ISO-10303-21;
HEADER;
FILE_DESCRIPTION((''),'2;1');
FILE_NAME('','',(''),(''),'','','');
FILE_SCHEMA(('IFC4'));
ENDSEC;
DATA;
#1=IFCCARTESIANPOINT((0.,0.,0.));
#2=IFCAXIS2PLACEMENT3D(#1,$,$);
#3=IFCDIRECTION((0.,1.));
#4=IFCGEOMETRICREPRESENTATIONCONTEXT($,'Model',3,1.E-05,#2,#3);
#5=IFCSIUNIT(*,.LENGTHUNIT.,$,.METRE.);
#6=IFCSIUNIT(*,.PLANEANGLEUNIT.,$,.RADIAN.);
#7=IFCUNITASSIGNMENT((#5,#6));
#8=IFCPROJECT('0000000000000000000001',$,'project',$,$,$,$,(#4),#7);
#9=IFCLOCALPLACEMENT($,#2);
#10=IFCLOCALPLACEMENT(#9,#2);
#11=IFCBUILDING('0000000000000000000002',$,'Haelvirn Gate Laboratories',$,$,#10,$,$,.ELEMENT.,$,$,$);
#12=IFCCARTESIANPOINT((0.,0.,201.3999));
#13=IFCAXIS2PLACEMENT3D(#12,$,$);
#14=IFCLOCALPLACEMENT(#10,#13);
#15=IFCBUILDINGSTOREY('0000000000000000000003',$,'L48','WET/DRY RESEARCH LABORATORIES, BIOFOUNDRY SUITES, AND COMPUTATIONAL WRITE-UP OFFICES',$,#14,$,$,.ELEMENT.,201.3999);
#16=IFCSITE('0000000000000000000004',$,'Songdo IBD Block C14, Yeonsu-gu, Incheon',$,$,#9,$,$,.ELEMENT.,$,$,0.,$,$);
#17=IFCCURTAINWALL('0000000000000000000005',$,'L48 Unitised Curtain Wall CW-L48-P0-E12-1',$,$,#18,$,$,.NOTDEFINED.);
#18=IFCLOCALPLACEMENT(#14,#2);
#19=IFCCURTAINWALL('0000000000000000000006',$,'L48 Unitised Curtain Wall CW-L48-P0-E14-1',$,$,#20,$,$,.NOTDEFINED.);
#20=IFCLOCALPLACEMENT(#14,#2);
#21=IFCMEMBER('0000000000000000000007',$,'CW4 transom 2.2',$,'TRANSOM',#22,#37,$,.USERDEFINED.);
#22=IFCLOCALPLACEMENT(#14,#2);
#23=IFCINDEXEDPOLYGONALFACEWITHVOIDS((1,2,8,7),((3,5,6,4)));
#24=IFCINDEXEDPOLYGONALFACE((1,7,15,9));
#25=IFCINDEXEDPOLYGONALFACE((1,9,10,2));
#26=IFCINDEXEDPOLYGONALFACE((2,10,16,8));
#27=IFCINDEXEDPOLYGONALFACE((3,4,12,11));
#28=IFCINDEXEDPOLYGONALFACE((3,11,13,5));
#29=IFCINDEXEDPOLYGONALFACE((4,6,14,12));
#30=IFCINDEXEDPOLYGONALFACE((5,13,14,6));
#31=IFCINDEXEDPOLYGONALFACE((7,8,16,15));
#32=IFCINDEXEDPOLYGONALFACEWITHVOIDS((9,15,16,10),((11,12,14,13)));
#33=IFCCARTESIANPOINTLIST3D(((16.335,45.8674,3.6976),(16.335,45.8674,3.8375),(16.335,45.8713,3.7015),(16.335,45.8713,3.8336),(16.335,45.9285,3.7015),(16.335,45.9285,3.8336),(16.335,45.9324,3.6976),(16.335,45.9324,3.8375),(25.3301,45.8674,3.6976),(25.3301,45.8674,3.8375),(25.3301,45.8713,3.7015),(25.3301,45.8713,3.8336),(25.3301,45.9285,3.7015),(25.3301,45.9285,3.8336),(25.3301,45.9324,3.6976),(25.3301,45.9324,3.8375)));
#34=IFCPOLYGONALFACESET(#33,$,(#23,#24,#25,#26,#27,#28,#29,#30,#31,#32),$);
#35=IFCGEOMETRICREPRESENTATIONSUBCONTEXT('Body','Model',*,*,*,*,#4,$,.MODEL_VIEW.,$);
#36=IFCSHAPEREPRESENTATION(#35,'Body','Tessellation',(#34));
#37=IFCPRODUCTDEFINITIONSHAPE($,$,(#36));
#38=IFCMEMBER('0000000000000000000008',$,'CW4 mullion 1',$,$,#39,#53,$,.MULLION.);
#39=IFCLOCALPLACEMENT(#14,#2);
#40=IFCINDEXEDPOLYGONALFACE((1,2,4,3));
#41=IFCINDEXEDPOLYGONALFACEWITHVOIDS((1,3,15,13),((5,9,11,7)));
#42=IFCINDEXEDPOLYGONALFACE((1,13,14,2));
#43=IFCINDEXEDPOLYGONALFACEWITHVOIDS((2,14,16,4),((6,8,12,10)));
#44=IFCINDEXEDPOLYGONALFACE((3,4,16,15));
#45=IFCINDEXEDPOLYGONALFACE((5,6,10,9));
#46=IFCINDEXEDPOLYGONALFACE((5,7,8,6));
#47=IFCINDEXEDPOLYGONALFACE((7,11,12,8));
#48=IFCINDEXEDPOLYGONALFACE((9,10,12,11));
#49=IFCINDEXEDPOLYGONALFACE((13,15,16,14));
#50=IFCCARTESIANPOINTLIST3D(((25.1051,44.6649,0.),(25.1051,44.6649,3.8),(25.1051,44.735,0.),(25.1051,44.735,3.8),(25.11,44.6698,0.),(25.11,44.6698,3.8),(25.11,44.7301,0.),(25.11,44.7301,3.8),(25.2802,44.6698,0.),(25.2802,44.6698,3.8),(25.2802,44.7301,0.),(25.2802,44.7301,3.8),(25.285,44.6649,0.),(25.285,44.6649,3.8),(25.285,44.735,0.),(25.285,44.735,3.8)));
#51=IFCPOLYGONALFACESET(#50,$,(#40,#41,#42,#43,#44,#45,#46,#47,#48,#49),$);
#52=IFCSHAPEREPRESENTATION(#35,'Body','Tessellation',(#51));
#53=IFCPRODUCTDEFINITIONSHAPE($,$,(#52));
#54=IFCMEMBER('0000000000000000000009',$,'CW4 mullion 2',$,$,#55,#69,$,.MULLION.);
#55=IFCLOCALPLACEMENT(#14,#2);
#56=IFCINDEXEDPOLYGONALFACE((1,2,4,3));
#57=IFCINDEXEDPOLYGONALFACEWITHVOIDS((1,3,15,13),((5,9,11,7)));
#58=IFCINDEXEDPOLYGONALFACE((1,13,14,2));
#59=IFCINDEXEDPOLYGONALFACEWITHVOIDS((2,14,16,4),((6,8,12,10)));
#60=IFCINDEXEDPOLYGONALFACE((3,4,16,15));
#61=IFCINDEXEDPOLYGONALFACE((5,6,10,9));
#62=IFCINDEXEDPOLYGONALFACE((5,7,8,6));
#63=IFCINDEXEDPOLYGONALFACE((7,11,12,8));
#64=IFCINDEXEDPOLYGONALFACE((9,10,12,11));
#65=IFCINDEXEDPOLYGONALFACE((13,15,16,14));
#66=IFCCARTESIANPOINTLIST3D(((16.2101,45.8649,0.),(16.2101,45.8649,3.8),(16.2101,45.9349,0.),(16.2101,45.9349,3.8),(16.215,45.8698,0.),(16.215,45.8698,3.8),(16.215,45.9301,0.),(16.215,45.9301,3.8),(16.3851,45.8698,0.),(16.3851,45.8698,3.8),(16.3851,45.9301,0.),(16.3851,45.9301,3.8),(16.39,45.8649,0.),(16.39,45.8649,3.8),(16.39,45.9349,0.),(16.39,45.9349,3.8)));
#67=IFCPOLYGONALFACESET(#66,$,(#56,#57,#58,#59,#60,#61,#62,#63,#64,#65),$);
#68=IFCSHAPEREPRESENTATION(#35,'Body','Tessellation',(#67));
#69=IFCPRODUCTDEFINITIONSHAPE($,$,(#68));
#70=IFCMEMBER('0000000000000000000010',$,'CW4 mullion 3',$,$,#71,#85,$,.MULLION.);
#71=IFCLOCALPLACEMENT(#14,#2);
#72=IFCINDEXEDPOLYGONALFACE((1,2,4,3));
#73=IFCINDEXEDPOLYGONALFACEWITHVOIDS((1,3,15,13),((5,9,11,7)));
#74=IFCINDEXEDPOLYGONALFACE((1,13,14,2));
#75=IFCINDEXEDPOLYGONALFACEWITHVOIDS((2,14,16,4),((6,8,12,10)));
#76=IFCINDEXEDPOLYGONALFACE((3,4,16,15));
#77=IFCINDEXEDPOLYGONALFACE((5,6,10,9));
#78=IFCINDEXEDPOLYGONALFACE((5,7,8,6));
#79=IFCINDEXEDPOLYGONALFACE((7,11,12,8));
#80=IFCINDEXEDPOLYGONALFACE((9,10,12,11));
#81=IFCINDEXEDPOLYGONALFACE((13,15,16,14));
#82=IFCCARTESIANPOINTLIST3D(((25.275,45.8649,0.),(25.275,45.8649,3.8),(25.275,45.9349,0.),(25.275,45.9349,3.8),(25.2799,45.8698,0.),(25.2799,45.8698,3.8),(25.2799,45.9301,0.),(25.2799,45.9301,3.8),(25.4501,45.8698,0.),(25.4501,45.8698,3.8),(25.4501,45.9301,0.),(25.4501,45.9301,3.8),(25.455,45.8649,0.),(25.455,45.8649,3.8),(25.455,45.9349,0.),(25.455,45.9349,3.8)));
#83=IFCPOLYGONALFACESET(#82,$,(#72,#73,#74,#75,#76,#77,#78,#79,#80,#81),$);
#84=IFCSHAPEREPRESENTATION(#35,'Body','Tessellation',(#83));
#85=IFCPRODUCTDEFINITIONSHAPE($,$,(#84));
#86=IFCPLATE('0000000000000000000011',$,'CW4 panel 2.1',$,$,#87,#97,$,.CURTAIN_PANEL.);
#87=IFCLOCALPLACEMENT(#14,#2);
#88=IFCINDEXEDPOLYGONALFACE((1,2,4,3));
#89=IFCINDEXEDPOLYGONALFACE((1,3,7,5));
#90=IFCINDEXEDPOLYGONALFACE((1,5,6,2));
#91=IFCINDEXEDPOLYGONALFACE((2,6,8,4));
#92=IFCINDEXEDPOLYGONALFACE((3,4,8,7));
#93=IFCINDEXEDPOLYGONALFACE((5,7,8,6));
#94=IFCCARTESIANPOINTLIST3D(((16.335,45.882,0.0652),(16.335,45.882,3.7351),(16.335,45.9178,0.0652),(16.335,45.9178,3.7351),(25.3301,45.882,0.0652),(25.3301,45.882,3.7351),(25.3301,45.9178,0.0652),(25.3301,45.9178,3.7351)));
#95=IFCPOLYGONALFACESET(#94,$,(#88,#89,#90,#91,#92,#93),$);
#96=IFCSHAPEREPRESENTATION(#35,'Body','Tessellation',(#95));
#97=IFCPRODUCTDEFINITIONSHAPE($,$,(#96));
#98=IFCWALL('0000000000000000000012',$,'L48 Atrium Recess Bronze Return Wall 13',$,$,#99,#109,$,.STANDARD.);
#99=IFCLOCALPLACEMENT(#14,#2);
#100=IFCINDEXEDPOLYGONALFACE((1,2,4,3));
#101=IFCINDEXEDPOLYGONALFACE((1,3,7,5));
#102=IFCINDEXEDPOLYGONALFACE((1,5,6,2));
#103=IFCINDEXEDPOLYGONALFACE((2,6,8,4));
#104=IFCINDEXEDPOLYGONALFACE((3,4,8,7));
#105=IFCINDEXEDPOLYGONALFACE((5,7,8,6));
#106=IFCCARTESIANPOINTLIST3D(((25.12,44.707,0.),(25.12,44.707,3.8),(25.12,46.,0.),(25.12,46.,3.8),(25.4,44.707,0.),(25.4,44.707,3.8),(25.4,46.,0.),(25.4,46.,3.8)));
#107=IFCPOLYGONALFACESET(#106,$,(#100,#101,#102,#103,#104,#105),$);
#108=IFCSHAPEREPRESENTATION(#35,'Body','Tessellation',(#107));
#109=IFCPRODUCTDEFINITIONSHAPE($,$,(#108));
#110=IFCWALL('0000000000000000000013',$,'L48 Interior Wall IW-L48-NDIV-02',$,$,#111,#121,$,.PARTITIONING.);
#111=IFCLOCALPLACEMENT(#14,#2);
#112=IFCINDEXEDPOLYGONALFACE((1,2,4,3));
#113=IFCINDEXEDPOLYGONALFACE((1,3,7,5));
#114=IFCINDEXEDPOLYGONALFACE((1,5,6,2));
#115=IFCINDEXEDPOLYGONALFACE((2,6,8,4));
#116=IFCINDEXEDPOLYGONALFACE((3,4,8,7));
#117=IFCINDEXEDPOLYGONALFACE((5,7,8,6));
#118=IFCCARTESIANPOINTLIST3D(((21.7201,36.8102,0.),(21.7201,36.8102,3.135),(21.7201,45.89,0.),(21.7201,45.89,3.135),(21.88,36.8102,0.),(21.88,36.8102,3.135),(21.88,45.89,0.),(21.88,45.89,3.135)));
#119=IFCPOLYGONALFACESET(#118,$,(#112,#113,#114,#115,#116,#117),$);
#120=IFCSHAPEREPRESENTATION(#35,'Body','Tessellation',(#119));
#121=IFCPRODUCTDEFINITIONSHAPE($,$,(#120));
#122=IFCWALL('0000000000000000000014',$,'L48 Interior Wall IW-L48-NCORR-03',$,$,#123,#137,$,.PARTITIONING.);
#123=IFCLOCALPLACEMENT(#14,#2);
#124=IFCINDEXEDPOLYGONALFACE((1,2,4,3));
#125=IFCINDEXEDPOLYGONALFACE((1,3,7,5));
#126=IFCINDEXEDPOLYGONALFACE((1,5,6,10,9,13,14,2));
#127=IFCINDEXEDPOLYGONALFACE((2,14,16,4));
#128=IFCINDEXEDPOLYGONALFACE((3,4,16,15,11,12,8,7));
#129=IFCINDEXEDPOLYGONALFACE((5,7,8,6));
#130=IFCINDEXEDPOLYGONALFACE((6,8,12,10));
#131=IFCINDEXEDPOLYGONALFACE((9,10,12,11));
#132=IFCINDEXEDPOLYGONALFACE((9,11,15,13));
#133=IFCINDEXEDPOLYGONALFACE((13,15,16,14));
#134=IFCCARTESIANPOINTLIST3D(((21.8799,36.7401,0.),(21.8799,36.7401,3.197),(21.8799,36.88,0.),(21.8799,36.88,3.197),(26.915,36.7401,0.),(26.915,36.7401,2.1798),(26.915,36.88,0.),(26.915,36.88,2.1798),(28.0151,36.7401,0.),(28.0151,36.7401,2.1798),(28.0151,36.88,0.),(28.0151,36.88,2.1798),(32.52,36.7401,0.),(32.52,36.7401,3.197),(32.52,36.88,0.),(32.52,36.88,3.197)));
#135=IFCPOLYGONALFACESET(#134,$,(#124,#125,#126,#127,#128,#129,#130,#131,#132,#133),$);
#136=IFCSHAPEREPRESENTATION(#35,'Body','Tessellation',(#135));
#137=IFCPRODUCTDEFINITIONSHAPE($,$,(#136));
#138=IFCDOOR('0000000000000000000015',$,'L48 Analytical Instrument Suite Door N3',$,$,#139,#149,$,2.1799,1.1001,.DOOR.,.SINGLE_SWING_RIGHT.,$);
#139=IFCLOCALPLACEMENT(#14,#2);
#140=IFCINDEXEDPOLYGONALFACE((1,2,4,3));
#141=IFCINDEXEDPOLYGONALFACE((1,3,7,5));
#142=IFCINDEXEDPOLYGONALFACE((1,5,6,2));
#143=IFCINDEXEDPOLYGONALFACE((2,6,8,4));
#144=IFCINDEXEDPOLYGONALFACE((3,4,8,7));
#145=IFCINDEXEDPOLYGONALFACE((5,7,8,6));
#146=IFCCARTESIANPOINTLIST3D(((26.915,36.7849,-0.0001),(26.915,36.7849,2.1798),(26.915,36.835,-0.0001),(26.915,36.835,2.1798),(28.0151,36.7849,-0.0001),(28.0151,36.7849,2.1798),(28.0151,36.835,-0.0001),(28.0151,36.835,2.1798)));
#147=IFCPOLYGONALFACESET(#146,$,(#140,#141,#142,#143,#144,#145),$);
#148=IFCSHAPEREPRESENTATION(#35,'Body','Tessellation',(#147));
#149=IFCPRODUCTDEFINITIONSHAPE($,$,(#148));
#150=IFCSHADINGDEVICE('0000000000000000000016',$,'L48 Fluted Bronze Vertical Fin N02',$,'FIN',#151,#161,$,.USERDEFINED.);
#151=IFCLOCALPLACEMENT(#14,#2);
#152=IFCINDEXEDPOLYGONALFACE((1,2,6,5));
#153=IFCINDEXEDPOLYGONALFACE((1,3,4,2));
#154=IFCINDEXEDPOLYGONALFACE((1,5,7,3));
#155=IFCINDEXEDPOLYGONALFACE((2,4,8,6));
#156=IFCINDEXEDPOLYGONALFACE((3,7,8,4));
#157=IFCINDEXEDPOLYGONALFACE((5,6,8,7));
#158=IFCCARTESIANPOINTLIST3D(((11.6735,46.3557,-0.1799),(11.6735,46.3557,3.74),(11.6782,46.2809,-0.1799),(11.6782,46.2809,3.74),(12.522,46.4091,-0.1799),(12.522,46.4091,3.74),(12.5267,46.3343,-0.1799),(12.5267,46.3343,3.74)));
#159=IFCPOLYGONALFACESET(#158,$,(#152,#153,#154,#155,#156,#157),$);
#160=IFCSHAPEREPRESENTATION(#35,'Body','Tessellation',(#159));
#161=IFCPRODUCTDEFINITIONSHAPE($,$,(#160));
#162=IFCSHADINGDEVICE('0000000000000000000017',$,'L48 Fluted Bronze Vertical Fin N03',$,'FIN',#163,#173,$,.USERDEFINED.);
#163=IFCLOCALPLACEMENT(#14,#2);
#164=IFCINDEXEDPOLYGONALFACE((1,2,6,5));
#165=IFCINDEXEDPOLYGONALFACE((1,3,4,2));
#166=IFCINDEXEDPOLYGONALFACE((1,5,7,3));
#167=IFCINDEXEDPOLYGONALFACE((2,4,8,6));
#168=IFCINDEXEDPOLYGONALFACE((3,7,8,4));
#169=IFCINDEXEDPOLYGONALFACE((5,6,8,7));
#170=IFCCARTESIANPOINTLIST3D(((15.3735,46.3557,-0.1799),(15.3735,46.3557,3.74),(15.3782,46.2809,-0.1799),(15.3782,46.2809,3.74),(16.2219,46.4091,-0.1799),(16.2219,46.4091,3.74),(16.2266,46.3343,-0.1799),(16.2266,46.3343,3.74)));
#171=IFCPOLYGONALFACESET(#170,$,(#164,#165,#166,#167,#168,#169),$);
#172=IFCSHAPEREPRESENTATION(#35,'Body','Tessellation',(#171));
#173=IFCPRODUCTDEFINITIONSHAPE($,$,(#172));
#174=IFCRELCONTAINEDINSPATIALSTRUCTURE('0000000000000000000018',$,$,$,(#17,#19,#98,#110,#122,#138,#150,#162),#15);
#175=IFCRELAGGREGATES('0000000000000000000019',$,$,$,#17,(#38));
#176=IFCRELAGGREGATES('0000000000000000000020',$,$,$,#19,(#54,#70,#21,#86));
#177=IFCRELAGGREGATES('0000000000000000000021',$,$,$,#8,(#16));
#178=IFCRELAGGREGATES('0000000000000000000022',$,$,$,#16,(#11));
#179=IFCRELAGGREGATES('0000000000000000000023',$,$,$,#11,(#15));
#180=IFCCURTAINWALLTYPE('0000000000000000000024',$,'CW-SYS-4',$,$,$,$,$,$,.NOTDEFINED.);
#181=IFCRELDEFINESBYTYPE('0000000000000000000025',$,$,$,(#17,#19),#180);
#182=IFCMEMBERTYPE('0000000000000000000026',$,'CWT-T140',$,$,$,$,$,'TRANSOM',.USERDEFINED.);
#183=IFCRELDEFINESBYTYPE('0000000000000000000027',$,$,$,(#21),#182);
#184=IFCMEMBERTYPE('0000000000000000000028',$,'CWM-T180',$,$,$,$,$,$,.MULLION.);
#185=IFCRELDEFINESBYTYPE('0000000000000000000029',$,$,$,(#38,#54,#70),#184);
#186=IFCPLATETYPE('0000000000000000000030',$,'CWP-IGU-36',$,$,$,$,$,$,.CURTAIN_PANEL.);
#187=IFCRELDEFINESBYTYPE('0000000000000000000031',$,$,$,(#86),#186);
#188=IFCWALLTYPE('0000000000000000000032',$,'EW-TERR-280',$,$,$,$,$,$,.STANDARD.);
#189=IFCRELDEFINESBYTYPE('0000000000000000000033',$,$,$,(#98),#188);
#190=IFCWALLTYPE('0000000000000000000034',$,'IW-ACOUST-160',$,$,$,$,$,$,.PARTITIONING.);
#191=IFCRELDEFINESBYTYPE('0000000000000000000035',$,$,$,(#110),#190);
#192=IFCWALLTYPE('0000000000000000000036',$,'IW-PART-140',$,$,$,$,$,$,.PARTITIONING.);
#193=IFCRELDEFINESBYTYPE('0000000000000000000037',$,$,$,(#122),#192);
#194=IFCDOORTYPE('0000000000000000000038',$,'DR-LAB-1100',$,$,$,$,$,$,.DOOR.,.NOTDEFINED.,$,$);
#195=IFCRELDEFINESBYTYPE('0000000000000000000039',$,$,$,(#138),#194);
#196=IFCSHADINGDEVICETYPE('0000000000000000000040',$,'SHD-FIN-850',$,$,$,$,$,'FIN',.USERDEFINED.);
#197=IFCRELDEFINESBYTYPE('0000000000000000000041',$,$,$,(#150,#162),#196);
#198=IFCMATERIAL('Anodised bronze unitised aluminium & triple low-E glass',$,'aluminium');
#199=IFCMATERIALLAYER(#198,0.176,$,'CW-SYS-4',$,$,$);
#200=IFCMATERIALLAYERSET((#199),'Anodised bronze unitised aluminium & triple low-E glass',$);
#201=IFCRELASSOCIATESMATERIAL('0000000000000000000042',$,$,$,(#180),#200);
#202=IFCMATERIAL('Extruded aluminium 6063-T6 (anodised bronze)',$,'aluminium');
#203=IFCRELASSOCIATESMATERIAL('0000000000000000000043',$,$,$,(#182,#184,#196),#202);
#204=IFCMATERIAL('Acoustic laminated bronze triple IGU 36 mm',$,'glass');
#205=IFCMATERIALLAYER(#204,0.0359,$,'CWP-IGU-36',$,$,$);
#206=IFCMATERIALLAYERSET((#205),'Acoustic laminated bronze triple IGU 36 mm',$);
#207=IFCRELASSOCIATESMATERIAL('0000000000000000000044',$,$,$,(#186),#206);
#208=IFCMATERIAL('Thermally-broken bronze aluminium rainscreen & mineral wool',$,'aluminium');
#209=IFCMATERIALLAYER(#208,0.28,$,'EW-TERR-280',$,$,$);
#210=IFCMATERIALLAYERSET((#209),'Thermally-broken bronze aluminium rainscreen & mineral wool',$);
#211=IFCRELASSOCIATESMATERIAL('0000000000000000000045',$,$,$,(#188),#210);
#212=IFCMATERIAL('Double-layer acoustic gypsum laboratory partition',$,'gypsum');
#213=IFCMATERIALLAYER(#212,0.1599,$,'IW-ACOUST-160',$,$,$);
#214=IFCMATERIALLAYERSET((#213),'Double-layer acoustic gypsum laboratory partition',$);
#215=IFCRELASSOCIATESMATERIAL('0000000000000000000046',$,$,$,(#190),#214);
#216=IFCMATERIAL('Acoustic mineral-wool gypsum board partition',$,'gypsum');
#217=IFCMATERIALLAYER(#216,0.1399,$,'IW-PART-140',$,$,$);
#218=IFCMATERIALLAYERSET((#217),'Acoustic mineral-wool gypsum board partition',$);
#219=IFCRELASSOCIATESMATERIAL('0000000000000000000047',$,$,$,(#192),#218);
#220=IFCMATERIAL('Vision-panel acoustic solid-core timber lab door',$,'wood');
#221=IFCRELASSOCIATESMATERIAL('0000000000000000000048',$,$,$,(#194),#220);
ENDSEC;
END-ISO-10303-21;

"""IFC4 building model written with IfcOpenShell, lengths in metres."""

from ifc_helpers import new_model, si_unit, direction, frame, frame_2d, origin, origin_2d, place, context, subcontext, project, spatial, rectangle, hollow_rectangle, extrude, source, transform, mapped, material, layer, layer_set, material_profile, profile_set, type_object, type_shapes, element, fill, aggregate, save


model = new_model("IFC4")

# Units and contexts
model_context = context("Model", 3, precision=1e-05, world=origin(), true_north=direction((0.0, 1.0)))
body_context = subcontext(model_context, "Body", "Model", "MODEL_VIEW")
ifc_project = project(units=[si_unit("LENGTHUNIT", "METRE"), si_unit("PLANEANGLEUNIT", "RADIAN")], contexts=[model_context])

# Site, building, storey
site_placement = place(None, origin())
site = spatial("IfcSite", under=ifc_project, at=site_placement, Name="Songdo IBD Block C14, Yeonsu-gu, Incheon", CompositionType="ELEMENT", RefElevation=0.0)
building_placement = place(site_placement, origin())
building = spatial("IfcBuilding", under=site, at=building_placement, Name="Haelvirn Gate Laboratories", CompositionType="ELEMENT")
storey_placement = place(building_placement, frame((0.0, 0.0, 201.3999)))
storey = spatial("IfcBuildingStorey", under=building, at=storey_placement, Name="L48", Description="WET/DRY RESEARCH LABORATORIES, BIOFOUNDRY SUITES, AND COMPUTATIONAL WRITE-UP OFFICES", CompositionType="ELEMENT", Elevation=201.3999)

# Curtain walls, member
ifc_material_1 = material(Name="Anodised bronze unitised aluminium & triple low-E glass", Category="aluminium")
ifc_layer_1 = layer(ifc_material_1, 0.176, Name="CW-SYS-4")
ifc_layer_set_1 = layer_set([ifc_layer_1], Name="Anodised bronze unitised aluminium & triple low-E glass")
curtain_wall_type = type_object("IfcCurtainWallType", Name="CW-SYS-4", PredefinedType="NOTDEFINED", material=ifc_layer_set_1)
curtain_wall_1_placement = place(storey_placement, origin())
curtain_wall_1 = element("IfcCurtainWall", 1, at=curtain_wall_1_placement, inside=storey, type_object=curtain_wall_type, Name="L48 Unitised Curtain Wall CW-L48-P0-E12-1", PredefinedType="NOTDEFINED")
ifc_material_2 = material(Name="Extruded aluminium 6063-T6 (anodised bronze)", Category="aluminium")
ifc_material_profile_1 = material_profile(ifc_material_2, hollow_rectangle(XDim=0.0649, YDim=0.1399, WallThickness=0.0039, at=origin_2d()), Name="CWT-140x65x4")
ifc_profile_set_1 = profile_set([ifc_material_profile_1], Name="Extruded aluminium 6063-T6 (anodised bronze)")
member_type_1 = type_object("IfcMemberType", Name="CWT-T140", ElementType="TRANSOM", PredefinedType="USERDEFINED", material=ifc_profile_set_1)
curtain_wall_2_placement = place(storey_placement, origin())
curtain_wall_2 = element("IfcCurtainWall", 2, at=curtain_wall_2_placement, inside=storey, type_object=curtain_wall_type, Name="L48 Unitised Curtain Wall CW-L48-P0-E14-1", PredefinedType="NOTDEFINED")
shared_shape_1 = source(origin(), body_context, "Body", "SweptSolid", [
    extrude(hollow_rectangle(XDim=0.0649, YDim=0.1399, WallThickness=0.0039, at=origin_2d()), origin(), (0.0, 0.0, 1.0), 8.9951),
])
member_1_placement = place(storey_placement, frame((16.335, 45.8999, 3.7676), z_axis=(1.0, 0.0, 0.0), x_axis=(0.0, 1.0, 0.0)))
member_1 = element("IfcMember", 3, at=member_1_placement, type_object=member_type_1, Name="CW4 transom 2.2", ObjectType="TRANSOM", PredefinedType="USERDEFINED", context=body_context, shape_type="MappedRepresentation", body=[
    mapped(shared_shape_1, transform((0.0, 0.0, 0.0), scale=1.0)),
])

# Members
ifc_material_profile_2 = material_profile(ifc_material_2, hollow_rectangle(XDim=0.0701, YDim=0.1799, WallThickness=0.0049, at=origin_2d()), Name="CWM-180x70x5")
ifc_profile_set_2 = profile_set([ifc_material_profile_2], Name="Extruded aluminium 6063-T6 (anodised bronze)")
member_type_2 = type_object("IfcMemberType", Name="CWM-T180", PredefinedType="MULLION", material=ifc_profile_set_2)
shared_shape_2 = source(origin(), body_context, "Body", "SweptSolid", [
    extrude(hollow_rectangle(XDim=0.0701, YDim=0.1799, WallThickness=0.0049, at=origin_2d()), origin(), (0.0, 0.0, 1.0), 3.8),
])
type_shapes(member_type_2, [shared_shape_2])
member_2_placement = place(storey_placement, frame((25.1951, 44.7, 0.0), z_axis=(0.0, 0.0, 1.0), x_axis=(0.0, 1.0, 0.0)))
member_2 = element("IfcMember", 4, at=member_2_placement, type_object=member_type_2, Name="CW4 mullion 1", PredefinedType="MULLION", context=body_context, shape_type="MappedRepresentation", body=[
    mapped(shared_shape_2, transform((0.0, 0.0, 0.0), scale=1.0)),
])
aggregate(curtain_wall_1, [member_2])
member_3_placement = place(storey_placement, frame((16.3, 45.8999, 0.0), z_axis=(0.0, 0.0, 1.0), x_axis=(0.0, 1.0, 0.0)))
member_3 = element("IfcMember", 5, at=member_3_placement, type_object=member_type_2, Name="CW4 mullion 2", PredefinedType="MULLION", context=body_context, shape_type="MappedRepresentation", body=[
    mapped(shared_shape_2, transform((0.0, 0.0, 0.0), scale=1.0)),
])
member_4_placement = place(storey_placement, frame((25.365, 45.8999, 0.0), z_axis=(0.0, 0.0, 1.0), x_axis=(0.0, 1.0, 0.0)))
member_4 = element("IfcMember", 6, at=member_4_placement, type_object=member_type_2, Name="CW4 mullion 3", PredefinedType="MULLION", context=body_context, shape_type="MappedRepresentation", body=[
    mapped(shared_shape_2, transform((0.0, 0.0, 0.0), scale=1.0)),
])

# Plate
ifc_material_3 = material(Name="Acoustic laminated bronze triple IGU 36 mm", Category="glass")
ifc_layer_2 = layer(ifc_material_3, 0.0359, Name="CWP-IGU-36")
ifc_layer_set_2 = layer_set([ifc_layer_2], Name="Acoustic laminated bronze triple IGU 36 mm")
plate_type = type_object("IfcPlateType", Name="CWP-IGU-36", PredefinedType="CURTAIN_PANEL", material=ifc_layer_set_2)
shared_shape_3 = source(origin(), body_context, "Body", "SweptSolid", [
    extrude(rectangle(XDim=8.9951, YDim=0.0359, at=origin_2d()), origin(), (0.0, 0.0, 1.0), 3.6699),
])
type_shapes(plate_type, [shared_shape_3])
plate_placement = place(storey_placement, frame((20.8325, 45.8999, 0.0652), z_axis=(0.0, 0.0, 1.0), x_axis=(1.0, 0.0, 0.0)))
plate = element("IfcPlate", 7, at=plate_placement, type_object=plate_type, Name="CW4 panel 2.1", PredefinedType="CURTAIN_PANEL", context=body_context, shape_type="MappedRepresentation", body=[
    mapped(shared_shape_3, transform((0.0, 0.0, 0.0), scale=1.0)),
])
aggregate(curtain_wall_2, [member_3, member_4, member_1, plate])

# Walls
ifc_material_4 = material(Name="Thermally-broken bronze aluminium rainscreen & mineral wool", Category="aluminium")
ifc_layer_3 = layer(ifc_material_4, 0.28, Name="EW-TERR-280")
ifc_layer_set_3 = layer_set([ifc_layer_3], Name="Thermally-broken bronze aluminium rainscreen & mineral wool")
wall_type_1 = type_object("IfcWallType", Name="EW-TERR-280", PredefinedType="STANDARD", material=ifc_layer_set_3)
wall_1_placement = place(storey_placement, frame((25.26, 44.707, 0.0), z_axis=(0.0, 0.0, 1.0), x_axis=(0.0, 1.0, 0.0)))
element("IfcWall", 8, at=wall_1_placement, inside=storey, type_object=wall_type_1, Name="L48 Atrium Recess Bronze Return Wall 13", PredefinedType="STANDARD", context=body_context, shape_type="SweptSolid", body=[
    extrude(rectangle(XDim=1.293, YDim=0.28, at=frame_2d((0.6465, 0.0))), origin(), (0.0, 0.0, 1.0), 3.8),
])
ifc_material_5 = material(Name="Double-layer acoustic gypsum laboratory partition", Category="gypsum")
ifc_layer_4 = layer(ifc_material_5, 0.1599, Name="IW-ACOUST-160")
ifc_layer_set_4 = layer_set([ifc_layer_4], Name="Double-layer acoustic gypsum laboratory partition")
wall_type_2 = type_object("IfcWallType", Name="IW-ACOUST-160", PredefinedType="PARTITIONING", material=ifc_layer_set_4)
wall_2_placement = place(storey_placement, frame((21.8, 36.8101, 0.0), z_axis=(0.0, 0.0, 1.0), x_axis=(0.0, 1.0, 0.0)))
element("IfcWall", 9, at=wall_2_placement, inside=storey, type_object=wall_type_2, Name="L48 Interior Wall IW-L48-NDIV-02", PredefinedType="PARTITIONING", context=body_context, shape_type="SweptSolid", body=[
    extrude(rectangle(XDim=9.0798, YDim=0.1599, at=frame_2d((4.54, 0.0))), origin(), (0.0, 0.0, 1.0), 3.135),
])

# Wall, opening, door
ifc_material_6 = material(Name="Acoustic mineral-wool gypsum board partition", Category="gypsum")
ifc_layer_5 = layer(ifc_material_6, 0.1399, Name="IW-PART-140")
ifc_layer_set_5 = layer_set([ifc_layer_5], Name="Acoustic mineral-wool gypsum board partition")
wall_type_3 = type_object("IfcWallType", Name="IW-PART-140", PredefinedType="PARTITIONING", material=ifc_layer_set_5)
wall_3_placement = place(storey_placement, frame((21.8799, 36.8101, 0.0), z_axis=(0.0, 0.0, 1.0), x_axis=(1.0, 0.0, 0.0)))
wall_3 = element("IfcWall", 10, at=wall_3_placement, inside=storey, type_object=wall_type_3, Name="L48 Interior Wall IW-L48-NCORR-03", PredefinedType="PARTITIONING", context=body_context, shape_type="SweptSolid", body=[
    extrude(rectangle(XDim=10.6401, YDim=0.1399, at=frame_2d((5.3201, 0.0))), origin(), (0.0, 0.0, 1.0), 3.197),
])
opening_placement = place(wall_3_placement, frame((5.0352, 0.0, 0.0)))
opening = element("IfcOpeningElement", 11, at=opening_placement, cuts=wall_3, PredefinedType="OPENING", context=body_context, shape_type="SweptSolid", body=[
    extrude(rectangle(XDim=1.1001, YDim=2.1799, at=frame_2d((0.55, 1.0898))), frame((0.0, 0.0801, 0.0), z_axis=(0.0, -1.0, 0.0), x_axis=(1.0, 0.0, 0.0)), (0.0, 0.0, 1.0), 0.1599),
])
ifc_material_7 = material(Name="Vision-panel acoustic solid-core timber lab door", Category="wood")
door_type = type_object("IfcDoorType", Name="DR-LAB-1100", OperationType="NOTDEFINED", PredefinedType="DOOR", material=ifc_material_7)
shared_shape_4 = source(origin(), body_context, "Body", "SweptSolid", [
    extrude(rectangle(XDim=1.1001, YDim=2.1799, at=frame_2d((0.55, 1.0898))), frame((0.0, 0.0249, 0.0), z_axis=(0.0, -1.0, 0.0), x_axis=(1.0, 0.0, 0.0)), (0.0, 0.0, 1.0), 0.05),
])
type_shapes(door_type, [shared_shape_4])
door_placement = place(opening_placement, origin())
door = element("IfcDoor", 12, at=door_placement, inside=storey, type_object=door_type, Name="L48 Analytical Instrument Suite Door N3", OperationType="SINGLE_SWING_RIGHT", OverallHeight=2.1799, OverallWidth=1.1001, PredefinedType="DOOR", context=body_context, shape_type="MappedRepresentation", body=[
    mapped(shared_shape_4, transform((0.0, 0.0, 0.0), scale=1.0)),
])
fill(opening, door)

# Shading devices
ifc_material_profile_3 = material_profile(ifc_material_2, rectangle(XDim=0.075, YDim=0.8501, at=origin_2d()), Name="FIN-850x75")
ifc_profile_set_3 = profile_set([ifc_material_profile_3], Name="Extruded aluminium 6063-T6 (anodised bronze)")
shading_device_type = type_object("IfcShadingDeviceType", Name="SHD-FIN-850", ElementType="FIN", PredefinedType="USERDEFINED", material=ifc_profile_set_3)
shared_shape_5 = source(origin(), body_context, "Body", "SweptSolid", [
    extrude(rectangle(XDim=0.075, YDim=0.8501, at=origin_2d()), origin(), (0.0, 0.0, 1.0), 3.9199),
])
type_shapes(shading_device_type, [shared_shape_5])
for number, where, z_axis, x_axis, name in (
    (13, (12.1001, 46.345, -0.1799), (0.0, 0.0, 1.0), (-0.062791, 0.998027, 0.0), "L48 Fluted Bronze Vertical Fin N02"),
    (14, (15.8, 46.345, -0.1799), (0.0, 0.0, 1.0), (-0.062791, 0.998027, 0.0), "L48 Fluted Bronze Vertical Fin N03"),
):
    element("IfcShadingDevice", number, at=place(storey_placement, frame(where, z_axis=z_axis, x_axis=x_axis)), inside=storey, type_object=shading_device_type, Name=name, ObjectType="FIN", PredefinedType="USERDEFINED", context=body_context, shape_type="MappedRepresentation", body=[
        mapped(shared_shape_5, transform((0.0, 0.0, 0.0), scale=1.0)),
    ])

save(model, "model.ifc")
